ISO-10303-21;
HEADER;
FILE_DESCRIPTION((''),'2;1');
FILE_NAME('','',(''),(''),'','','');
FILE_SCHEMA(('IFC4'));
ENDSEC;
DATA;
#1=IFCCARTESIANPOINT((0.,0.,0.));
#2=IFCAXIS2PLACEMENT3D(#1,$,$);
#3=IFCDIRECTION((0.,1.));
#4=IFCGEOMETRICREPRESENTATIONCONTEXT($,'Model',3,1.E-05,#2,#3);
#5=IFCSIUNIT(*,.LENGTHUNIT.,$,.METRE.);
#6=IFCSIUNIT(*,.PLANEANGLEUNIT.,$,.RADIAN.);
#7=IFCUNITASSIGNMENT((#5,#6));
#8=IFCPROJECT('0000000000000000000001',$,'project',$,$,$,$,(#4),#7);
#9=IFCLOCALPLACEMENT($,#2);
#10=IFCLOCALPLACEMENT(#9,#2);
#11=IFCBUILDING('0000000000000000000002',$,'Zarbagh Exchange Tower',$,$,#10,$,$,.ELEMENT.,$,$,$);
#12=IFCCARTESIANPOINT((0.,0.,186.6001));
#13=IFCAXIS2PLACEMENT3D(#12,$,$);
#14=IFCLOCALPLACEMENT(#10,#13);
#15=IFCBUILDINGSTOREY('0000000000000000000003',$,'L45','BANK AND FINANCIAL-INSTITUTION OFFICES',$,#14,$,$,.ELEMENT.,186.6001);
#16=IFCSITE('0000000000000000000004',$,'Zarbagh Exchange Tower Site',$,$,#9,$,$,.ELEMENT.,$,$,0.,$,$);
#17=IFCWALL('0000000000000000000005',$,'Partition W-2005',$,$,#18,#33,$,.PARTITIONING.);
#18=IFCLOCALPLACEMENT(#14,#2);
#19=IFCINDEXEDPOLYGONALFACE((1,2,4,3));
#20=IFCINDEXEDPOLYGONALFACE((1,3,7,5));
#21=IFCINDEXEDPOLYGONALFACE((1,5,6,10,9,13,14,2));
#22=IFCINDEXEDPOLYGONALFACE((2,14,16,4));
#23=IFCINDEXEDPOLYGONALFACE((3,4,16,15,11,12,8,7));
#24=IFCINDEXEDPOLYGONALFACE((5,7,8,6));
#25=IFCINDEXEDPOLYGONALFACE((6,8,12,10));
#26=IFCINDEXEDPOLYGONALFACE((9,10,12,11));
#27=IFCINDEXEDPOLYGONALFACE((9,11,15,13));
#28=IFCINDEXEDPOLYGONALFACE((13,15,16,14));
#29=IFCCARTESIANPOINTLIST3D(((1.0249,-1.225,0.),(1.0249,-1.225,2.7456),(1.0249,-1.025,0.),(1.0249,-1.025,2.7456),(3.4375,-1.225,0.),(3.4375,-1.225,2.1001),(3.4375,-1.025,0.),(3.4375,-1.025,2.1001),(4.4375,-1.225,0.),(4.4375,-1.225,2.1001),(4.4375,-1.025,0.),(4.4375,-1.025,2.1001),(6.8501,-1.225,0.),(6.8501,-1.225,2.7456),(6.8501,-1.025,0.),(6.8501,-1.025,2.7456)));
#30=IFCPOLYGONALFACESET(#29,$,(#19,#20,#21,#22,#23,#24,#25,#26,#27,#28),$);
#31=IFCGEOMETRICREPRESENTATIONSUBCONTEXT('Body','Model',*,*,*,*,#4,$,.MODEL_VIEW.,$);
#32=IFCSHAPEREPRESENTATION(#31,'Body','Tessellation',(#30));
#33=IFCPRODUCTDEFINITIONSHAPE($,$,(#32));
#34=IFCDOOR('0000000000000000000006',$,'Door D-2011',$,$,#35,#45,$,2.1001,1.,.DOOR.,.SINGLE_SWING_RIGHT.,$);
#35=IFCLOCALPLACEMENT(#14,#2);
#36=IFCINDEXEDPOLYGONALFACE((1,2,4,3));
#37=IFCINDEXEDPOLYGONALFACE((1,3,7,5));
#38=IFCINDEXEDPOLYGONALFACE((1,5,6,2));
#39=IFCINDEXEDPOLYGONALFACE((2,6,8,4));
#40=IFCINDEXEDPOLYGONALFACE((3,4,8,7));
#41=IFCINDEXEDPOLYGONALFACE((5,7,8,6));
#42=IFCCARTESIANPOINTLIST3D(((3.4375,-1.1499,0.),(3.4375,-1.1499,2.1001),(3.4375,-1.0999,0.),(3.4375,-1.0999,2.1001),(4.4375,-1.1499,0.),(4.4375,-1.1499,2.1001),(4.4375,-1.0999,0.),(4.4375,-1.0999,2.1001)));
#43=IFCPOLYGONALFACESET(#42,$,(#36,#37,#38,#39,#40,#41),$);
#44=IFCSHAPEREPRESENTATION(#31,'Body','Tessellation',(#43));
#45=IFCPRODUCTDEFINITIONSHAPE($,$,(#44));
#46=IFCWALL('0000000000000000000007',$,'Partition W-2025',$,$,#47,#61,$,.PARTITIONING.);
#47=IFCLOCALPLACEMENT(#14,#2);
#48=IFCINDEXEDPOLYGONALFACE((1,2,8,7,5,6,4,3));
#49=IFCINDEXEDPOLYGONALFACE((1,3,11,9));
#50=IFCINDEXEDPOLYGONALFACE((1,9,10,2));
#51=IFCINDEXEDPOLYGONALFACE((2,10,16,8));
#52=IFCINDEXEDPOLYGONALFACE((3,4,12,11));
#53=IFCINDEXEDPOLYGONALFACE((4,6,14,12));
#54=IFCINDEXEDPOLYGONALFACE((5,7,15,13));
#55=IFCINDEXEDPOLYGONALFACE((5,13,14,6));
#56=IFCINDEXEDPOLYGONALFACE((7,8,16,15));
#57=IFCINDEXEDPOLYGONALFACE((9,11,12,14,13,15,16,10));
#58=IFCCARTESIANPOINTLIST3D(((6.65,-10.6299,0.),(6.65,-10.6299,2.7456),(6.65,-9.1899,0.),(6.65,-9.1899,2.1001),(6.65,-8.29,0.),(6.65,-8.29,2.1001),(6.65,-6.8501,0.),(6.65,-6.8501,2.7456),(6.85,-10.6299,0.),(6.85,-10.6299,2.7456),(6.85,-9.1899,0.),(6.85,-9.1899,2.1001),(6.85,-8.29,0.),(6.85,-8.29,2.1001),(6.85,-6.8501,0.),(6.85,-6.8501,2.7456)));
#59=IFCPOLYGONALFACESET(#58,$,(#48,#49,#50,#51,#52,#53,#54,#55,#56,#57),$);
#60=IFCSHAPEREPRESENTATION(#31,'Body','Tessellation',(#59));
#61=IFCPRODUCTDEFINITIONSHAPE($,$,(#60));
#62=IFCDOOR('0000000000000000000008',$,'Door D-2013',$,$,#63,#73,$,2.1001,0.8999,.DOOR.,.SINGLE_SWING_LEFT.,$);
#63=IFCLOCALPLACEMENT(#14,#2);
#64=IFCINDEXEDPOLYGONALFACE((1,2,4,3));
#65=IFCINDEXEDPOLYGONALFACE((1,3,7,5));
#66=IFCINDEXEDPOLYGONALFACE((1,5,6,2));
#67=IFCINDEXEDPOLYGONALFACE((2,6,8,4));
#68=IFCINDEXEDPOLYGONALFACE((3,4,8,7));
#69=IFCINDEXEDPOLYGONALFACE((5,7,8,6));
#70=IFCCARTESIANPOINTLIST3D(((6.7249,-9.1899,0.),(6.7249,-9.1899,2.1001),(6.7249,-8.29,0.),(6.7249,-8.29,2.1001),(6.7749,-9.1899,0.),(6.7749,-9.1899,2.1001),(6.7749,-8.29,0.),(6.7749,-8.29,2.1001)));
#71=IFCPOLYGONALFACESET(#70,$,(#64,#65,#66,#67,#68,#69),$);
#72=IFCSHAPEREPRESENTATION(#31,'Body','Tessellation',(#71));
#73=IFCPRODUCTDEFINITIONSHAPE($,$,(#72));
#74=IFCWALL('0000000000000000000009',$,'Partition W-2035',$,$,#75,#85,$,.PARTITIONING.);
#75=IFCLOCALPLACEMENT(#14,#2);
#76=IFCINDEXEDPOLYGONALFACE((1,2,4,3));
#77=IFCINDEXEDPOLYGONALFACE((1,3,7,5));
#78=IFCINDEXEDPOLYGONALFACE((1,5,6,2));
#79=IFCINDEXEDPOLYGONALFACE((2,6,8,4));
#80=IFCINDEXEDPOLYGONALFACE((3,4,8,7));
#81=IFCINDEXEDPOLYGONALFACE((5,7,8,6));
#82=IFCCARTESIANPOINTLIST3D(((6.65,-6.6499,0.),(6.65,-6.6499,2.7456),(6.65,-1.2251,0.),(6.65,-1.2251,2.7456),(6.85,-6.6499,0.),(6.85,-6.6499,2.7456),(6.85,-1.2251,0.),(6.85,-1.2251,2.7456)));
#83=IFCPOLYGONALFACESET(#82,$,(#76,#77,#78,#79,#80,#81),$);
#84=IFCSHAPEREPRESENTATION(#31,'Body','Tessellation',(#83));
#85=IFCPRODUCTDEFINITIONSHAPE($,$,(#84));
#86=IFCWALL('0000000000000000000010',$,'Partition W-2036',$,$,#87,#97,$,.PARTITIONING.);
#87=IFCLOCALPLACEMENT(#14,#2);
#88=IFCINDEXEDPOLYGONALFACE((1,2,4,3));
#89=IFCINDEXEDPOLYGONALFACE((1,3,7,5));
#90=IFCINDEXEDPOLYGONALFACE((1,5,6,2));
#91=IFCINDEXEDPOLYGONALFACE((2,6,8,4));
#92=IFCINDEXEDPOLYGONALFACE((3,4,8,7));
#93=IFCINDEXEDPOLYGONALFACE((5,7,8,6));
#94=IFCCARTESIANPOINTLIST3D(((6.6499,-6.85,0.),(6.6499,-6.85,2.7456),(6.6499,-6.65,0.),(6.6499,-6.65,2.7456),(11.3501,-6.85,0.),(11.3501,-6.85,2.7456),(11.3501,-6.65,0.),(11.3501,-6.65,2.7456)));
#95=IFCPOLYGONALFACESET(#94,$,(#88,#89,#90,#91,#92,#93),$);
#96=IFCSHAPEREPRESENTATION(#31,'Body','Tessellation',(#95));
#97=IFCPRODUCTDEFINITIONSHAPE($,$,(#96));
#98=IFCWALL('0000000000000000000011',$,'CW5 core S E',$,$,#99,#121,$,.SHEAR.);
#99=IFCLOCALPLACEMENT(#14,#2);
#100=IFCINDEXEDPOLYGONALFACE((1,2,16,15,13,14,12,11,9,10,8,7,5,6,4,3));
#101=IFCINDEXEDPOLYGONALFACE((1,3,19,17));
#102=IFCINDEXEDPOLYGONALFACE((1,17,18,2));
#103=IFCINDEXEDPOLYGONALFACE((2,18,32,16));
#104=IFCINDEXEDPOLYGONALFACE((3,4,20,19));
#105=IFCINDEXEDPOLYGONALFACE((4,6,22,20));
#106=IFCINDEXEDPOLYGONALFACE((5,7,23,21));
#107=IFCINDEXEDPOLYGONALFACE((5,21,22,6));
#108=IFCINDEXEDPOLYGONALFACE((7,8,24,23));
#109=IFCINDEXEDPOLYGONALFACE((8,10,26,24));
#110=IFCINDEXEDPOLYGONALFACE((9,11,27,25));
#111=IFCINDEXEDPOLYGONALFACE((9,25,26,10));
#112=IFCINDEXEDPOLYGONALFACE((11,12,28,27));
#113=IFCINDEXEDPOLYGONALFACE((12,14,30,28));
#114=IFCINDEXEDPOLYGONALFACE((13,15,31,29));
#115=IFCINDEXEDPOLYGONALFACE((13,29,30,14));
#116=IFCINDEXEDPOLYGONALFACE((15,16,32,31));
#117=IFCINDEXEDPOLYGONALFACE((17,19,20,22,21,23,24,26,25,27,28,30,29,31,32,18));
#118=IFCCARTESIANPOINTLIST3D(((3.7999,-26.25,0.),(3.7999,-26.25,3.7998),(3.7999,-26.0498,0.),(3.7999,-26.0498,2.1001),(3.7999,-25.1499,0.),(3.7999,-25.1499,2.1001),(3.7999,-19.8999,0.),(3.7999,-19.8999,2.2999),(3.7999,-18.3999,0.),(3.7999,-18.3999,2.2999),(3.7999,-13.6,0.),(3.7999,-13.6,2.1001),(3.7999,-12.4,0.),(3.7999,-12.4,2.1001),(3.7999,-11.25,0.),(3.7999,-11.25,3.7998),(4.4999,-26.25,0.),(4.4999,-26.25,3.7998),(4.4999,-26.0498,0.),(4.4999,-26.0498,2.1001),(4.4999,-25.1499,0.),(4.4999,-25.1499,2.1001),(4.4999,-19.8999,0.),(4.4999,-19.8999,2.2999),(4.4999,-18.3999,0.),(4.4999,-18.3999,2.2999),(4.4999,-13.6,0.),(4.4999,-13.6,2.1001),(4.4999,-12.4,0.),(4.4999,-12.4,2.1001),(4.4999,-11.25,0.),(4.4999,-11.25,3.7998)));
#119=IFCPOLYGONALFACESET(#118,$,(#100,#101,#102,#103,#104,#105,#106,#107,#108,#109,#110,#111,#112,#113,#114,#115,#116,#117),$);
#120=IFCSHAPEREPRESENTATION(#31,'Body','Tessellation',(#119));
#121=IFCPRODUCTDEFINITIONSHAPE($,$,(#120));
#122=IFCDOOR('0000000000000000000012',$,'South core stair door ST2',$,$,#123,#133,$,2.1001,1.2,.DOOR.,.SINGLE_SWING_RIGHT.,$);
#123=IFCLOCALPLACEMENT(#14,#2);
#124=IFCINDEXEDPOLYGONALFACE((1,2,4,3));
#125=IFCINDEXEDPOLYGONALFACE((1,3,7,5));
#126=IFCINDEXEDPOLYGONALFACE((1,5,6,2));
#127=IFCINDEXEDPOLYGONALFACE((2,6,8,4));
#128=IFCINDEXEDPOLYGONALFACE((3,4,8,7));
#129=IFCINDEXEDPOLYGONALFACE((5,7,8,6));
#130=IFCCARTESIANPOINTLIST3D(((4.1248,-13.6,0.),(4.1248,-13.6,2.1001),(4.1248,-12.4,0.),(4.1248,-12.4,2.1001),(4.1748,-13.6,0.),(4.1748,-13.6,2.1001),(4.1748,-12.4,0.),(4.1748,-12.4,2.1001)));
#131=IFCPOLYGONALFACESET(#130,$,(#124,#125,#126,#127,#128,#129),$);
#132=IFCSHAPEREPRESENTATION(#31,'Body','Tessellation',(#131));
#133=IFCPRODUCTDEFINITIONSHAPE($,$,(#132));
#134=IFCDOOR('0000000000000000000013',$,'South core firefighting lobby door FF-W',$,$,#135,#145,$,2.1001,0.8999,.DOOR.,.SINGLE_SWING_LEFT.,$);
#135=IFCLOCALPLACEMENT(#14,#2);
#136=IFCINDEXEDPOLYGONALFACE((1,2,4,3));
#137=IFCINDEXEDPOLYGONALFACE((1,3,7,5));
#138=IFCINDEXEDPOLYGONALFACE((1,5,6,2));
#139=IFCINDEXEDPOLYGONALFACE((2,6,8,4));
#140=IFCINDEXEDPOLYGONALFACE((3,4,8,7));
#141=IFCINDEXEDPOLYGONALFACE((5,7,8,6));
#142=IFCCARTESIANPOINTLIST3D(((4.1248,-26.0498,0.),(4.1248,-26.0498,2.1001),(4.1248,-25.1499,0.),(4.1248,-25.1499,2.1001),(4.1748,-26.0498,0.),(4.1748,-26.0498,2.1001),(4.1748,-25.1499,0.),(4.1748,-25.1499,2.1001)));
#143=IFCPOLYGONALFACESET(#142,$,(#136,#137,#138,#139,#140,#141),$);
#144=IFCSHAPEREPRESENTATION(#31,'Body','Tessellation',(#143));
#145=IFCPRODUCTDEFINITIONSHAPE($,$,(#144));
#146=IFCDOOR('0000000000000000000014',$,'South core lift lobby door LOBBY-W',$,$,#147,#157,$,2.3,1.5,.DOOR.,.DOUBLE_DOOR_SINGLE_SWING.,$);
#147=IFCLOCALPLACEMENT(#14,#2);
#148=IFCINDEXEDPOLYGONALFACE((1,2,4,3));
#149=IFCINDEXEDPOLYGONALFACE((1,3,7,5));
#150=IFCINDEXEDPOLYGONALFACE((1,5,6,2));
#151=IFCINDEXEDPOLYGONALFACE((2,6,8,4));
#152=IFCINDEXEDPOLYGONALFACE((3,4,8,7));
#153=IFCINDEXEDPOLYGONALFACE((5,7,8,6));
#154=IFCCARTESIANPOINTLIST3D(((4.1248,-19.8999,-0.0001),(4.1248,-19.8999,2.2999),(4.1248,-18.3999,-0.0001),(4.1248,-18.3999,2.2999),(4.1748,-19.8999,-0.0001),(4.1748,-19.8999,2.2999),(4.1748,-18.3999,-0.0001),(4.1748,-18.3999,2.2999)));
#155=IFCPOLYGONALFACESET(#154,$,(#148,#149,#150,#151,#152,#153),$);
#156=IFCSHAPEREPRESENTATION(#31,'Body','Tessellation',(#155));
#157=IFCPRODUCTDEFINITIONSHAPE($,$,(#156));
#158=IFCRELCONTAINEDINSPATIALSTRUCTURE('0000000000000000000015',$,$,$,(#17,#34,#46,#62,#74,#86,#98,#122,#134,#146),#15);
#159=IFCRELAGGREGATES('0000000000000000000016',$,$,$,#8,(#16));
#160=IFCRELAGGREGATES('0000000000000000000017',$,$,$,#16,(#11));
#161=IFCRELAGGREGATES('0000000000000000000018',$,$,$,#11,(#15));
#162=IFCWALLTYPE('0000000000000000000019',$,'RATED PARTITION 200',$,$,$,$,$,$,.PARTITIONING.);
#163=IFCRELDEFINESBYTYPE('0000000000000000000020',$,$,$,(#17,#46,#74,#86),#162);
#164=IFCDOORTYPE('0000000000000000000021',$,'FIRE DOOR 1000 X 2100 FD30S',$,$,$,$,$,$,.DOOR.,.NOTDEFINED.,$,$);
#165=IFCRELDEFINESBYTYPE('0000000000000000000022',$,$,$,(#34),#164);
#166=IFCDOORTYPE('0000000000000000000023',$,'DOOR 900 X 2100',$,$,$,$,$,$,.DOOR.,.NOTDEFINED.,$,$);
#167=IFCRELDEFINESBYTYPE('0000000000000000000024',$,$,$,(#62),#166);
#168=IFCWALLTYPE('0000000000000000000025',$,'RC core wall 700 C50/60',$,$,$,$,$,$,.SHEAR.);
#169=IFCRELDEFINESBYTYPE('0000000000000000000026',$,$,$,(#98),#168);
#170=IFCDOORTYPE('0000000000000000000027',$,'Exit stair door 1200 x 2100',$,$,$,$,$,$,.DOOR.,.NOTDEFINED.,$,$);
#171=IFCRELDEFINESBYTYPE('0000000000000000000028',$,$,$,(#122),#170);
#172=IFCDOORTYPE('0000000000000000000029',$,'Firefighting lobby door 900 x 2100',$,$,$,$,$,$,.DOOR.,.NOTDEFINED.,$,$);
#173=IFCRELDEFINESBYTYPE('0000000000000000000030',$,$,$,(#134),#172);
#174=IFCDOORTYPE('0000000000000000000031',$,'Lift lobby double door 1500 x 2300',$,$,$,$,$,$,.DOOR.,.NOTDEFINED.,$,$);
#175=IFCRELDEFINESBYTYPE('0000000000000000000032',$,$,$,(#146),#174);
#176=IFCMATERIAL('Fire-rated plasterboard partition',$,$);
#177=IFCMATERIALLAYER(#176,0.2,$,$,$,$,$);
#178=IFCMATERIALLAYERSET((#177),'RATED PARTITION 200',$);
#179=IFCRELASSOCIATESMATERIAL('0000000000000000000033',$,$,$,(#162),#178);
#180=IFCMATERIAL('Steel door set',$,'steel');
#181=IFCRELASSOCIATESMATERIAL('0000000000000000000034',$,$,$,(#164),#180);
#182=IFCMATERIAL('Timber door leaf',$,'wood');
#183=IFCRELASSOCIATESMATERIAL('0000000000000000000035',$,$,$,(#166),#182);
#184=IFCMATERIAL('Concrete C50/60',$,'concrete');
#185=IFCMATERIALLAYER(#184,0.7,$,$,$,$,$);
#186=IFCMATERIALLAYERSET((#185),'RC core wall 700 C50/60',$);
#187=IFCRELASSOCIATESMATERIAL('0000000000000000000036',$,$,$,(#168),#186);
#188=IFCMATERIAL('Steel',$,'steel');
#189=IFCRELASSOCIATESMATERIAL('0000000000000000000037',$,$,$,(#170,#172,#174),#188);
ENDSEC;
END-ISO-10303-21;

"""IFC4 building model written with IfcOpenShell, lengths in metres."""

from ifc_helpers import new_model, si_unit, direction, frame, frame_2d, origin, place, context, subcontext, project, spatial, rectangle, extrude, material, layer, layer_set, type_object, element, fill, save


model = new_model("IFC4")

# Units and contexts
model_context = context("Model", 3, precision=1e-05, world=origin(), true_north=direction((0.0, 1.0)))
body_context = subcontext(model_context, "Body", "Model", "MODEL_VIEW")
ifc_project = project(units=[si_unit("LENGTHUNIT", "METRE"), si_unit("PLANEANGLEUNIT", "RADIAN")], contexts=[model_context])

# Site, building, storey
site_placement = place(None, origin())
site = spatial("IfcSite", under=ifc_project, at=site_placement, Name="Zarbagh Exchange Tower Site", CompositionType="ELEMENT", RefElevation=0.0)
building_placement = place(site_placement, origin())
building = spatial("IfcBuilding", under=site, at=building_placement, Name="Zarbagh Exchange Tower", CompositionType="ELEMENT")
storey_placement = place(building_placement, frame((0.0, 0.0, 186.6001)))
storey = spatial("IfcBuildingStorey", under=building, at=storey_placement, Name="L45", Description="BANK AND FINANCIAL-INSTITUTION OFFICES", CompositionType="ELEMENT", Elevation=186.6001)

# Shared definitions
ifc_material_1 = material(Name="Concrete C50/60", Category="concrete")

# Walls, openings, doors
ifc_material_2 = material(Name="Fire-rated plasterboard partition")
ifc_layer_1 = layer(ifc_material_2, 0.2)
ifc_layer_set_1 = layer_set([ifc_layer_1], Name="RATED PARTITION 200")
wall_type_1 = type_object("IfcWallType", Name="RATED PARTITION 200", PredefinedType="PARTITIONING", material=ifc_layer_set_1)
wall_1_placement = place(storey_placement, frame((6.8501, -1.125, 0.0), z_axis=(0.0, 0.0, 1.0), x_axis=(-1.0, 0.0, 0.0)))
wall_1 = element("IfcWall", 1, at=wall_1_placement, inside=storey, type_object=wall_type_1, Name="Partition W-2005", PredefinedType="PARTITIONING", context=body_context, shape_type="SweptSolid", body=[
    extrude(rectangle(XDim=5.8252, YDim=0.2, at=frame_2d((2.9126, 0.0))), origin(), (0.0, 0.0, 1.0), 2.7456),
])
opening_1_placement = place(wall_1_placement, frame((2.4126, 0.0, 0.0)))
opening_1 = element("IfcOpeningElement", 2, at=opening_1_placement, cuts=wall_1, PredefinedType="OPENING", context=body_context, shape_type="SweptSolid", body=[
    extrude(rectangle(XDim=1.0, YDim=2.1001, at=frame_2d((0.5, 1.05))), frame((0.0, 0.1099, 0.0), z_axis=(0.0, -1.0, 0.0), x_axis=(1.0, 0.0, 0.0)), (0.0, 0.0, 1.0), 0.22),
])
ifc_material_3 = material(Name="Steel door set", Category="steel")
door_type_1 = type_object("IfcDoorType", Name="FIRE DOOR 1000 X 2100 FD30S", OperationType="NOTDEFINED", PredefinedType="DOOR", material=ifc_material_3)
door_1_placement = place(opening_1_placement, origin())
door_1 = element("IfcDoor", 3, at=door_1_placement, inside=storey, type_object=door_type_1, Name="Door D-2011", OperationType="SINGLE_SWING_RIGHT", OverallHeight=2.1001, OverallWidth=1.0, PredefinedType="DOOR", context=body_context, shape_type="SweptSolid", body=[
    extrude(rectangle(XDim=1.0, YDim=2.1001, at=frame_2d((0.5, 1.05))), frame((0.0, 0.0249, 0.0), z_axis=(0.0, -1.0, 0.0), x_axis=(1.0, 0.0, 0.0)), (0.0, 0.0, 1.0), 0.05),
])
fill(opening_1, door_1)
wall_2_placement = place(storey_placement, frame((6.75, -6.8501, 0.0), z_axis=(0.0, 0.0, 1.0), x_axis=(0.0, -1.0, 0.0)))
wall_2 = element("IfcWall", 4, at=wall_2_placement, inside=storey, type_object=wall_type_1, Name="Partition W-2025", PredefinedType="PARTITIONING", context=body_context, shape_type="SweptSolid", body=[
    extrude(rectangle(XDim=3.7798, YDim=0.2, at=frame_2d((1.8899, 0.0))), origin(), (0.0, 0.0, 1.0), 2.7456),
])
opening_2_placement = place(wall_2_placement, frame((1.4399, 0.0, 0.0)))
opening_2 = element("IfcOpeningElement", 5, at=opening_2_placement, cuts=wall_2, PredefinedType="OPENING", context=body_context, shape_type="SweptSolid", body=[
    extrude(rectangle(XDim=0.8999, YDim=2.1001, at=frame_2d((0.45, 1.05))), frame((0.0, 0.1099, 0.0), z_axis=(0.0, -1.0, 0.0), x_axis=(1.0, 0.0, 0.0)), (0.0, 0.0, 1.0), 0.22),
])
ifc_material_4 = material(Name="Timber door leaf", Category="wood")
door_type_2 = type_object("IfcDoorType", Name="DOOR 900 X 2100", OperationType="NOTDEFINED", PredefinedType="DOOR", material=ifc_material_4)
door_2_placement = place(opening_2_placement, origin())
door_2 = element("IfcDoor", 6, at=door_2_placement, inside=storey, type_object=door_type_2, Name="Door D-2013", OperationType="SINGLE_SWING_LEFT", OverallHeight=2.1001, OverallWidth=0.8999, PredefinedType="DOOR", context=body_context, shape_type="SweptSolid", body=[
    extrude(rectangle(XDim=0.8999, YDim=2.1001, at=frame_2d((0.45, 1.05))), frame((0.0, 0.0249, 0.0), z_axis=(0.0, -1.0, 0.0), x_axis=(1.0, 0.0, 0.0)), (0.0, 0.0, 1.0), 0.05),
])
fill(opening_2, door_2)

# Walls
wall_3_placement = place(storey_placement, frame((6.75, -6.6499, 0.0), z_axis=(0.0, 0.0, 1.0), x_axis=(0.0, 1.0, 0.0)))
element("IfcWall", 7, at=wall_3_placement, inside=storey, type_object=wall_type_1, Name="Partition W-2035", PredefinedType="PARTITIONING", context=body_context, shape_type="SweptSolid", body=[
    extrude(rectangle(XDim=5.4248, YDim=0.2, at=frame_2d((2.7124, 0.0))), origin(), (0.0, 0.0, 1.0), 2.7456),
])
wall_4_placement = place(storey_placement, frame((6.6499, -6.75, 0.0), z_axis=(0.0, 0.0, 1.0), x_axis=(1.0, 0.0, 0.0)))
element("IfcWall", 8, at=wall_4_placement, inside=storey, type_object=wall_type_1, Name="Partition W-2036", PredefinedType="PARTITIONING", context=body_context, shape_type="SweptSolid", body=[
    extrude(rectangle(XDim=4.7002, YDim=0.2, at=frame_2d((2.3501, 0.0))), origin(), (0.0, 0.0, 1.0), 2.7456),
])

# Wall, openings, doors
ifc_layer_2 = layer(ifc_material_1, 0.7)
ifc_layer_set_2 = layer_set([ifc_layer_2], Name="RC core wall 700 C50/60")
wall_type_2 = type_object("IfcWallType", Name="RC core wall 700 C50/60", PredefinedType="SHEAR", material=ifc_layer_set_2)
wall_5_placement = place(storey_placement, frame((4.1499, -11.25, 0.0), z_axis=(0.0, 0.0, 1.0), x_axis=(0.0, -1.0, 0.0)))
wall_5 = element("IfcWall", 9, at=wall_5_placement, inside=storey, type_object=wall_type_2, Name="CW5 core S E", PredefinedType="SHEAR", context=body_context, shape_type="SweptSolid", body=[
    extrude(rectangle(XDim=15.0, YDim=0.7, at=frame_2d((7.5, 0.0))), origin(), (0.0, 0.0, 1.0), 3.7998),
])
opening_3_placement = place(wall_5_placement, frame((7.1499, 0.0, 0.0)))
opening_3 = element("IfcOpeningElement", 10, at=opening_3_placement, cuts=wall_5, PredefinedType="OPENING", context=body_context, shape_type="SweptSolid", body=[
    extrude(rectangle(XDim=1.5, YDim=2.3, at=frame_2d((0.75, 1.1499))), frame((0.0, 0.3599, 0.0), z_axis=(0.0, -1.0, 0.0), x_axis=(1.0, 0.0, 0.0)), (0.0, 0.0, 1.0), 0.72),
])
opening_4_placement = place(wall_5_placement, frame((13.8999, 0.0, 0.0)))
opening_4 = element("IfcOpeningElement", 11, at=opening_4_placement, cuts=wall_5, PredefinedType="OPENING", context=body_context, shape_type="SweptSolid", body=[
    extrude(rectangle(XDim=0.8999, YDim=2.1001, at=frame_2d((0.45, 1.05))), frame((0.0, 0.3599, 0.0), z_axis=(0.0, -1.0, 0.0), x_axis=(1.0, 0.0, 0.0)), (0.0, 0.0, 1.0), 0.72),
])
opening_5_placement = place(wall_5_placement, frame((1.1499, 0.0, 0.0)))
opening_5 = element("IfcOpeningElement", 12, at=opening_5_placement, cuts=wall_5, PredefinedType="OPENING", context=body_context, shape_type="SweptSolid", body=[
    extrude(rectangle(XDim=1.2, YDim=2.1001, at=frame_2d((0.6001, 1.05))), frame((0.0, 0.3599, 0.0), z_axis=(0.0, -1.0, 0.0), x_axis=(1.0, 0.0, 0.0)), (0.0, 0.0, 1.0), 0.72),
])
ifc_material_5 = material(Name="Steel", Category="steel")
door_type_3 = type_object("IfcDoorType", Name="Exit stair door 1200 x 2100", OperationType="NOTDEFINED", PredefinedType="DOOR", material=ifc_material_5)
door_3_placement = place(opening_5_placement, origin())
door_3 = element("IfcDoor", 13, at=door_3_placement, inside=storey, type_object=door_type_3, Name="South core stair door ST2", OperationType="SINGLE_SWING_RIGHT", OverallHeight=2.1001, OverallWidth=1.2, PredefinedType="DOOR", context=body_context, shape_type="SweptSolid", body=[
    extrude(rectangle(XDim=1.2, YDim=2.1001, at=frame_2d((0.6001, 1.05))), frame((0.0, 0.0249, 0.0), z_axis=(0.0, -1.0, 0.0), x_axis=(1.0, 0.0, 0.0)), (0.0, 0.0, 1.0), 0.05),
])
fill(opening_5, door_3)
door_type_4 = type_object("IfcDoorType", Name="Firefighting lobby door 900 x 2100", OperationType="NOTDEFINED", PredefinedType="DOOR", material=ifc_material_5)
door_4_placement = place(opening_4_placement, origin())
door_4 = element("IfcDoor", 14, at=door_4_placement, inside=storey, type_object=door_type_4, Name="South core firefighting lobby door FF-W", OperationType="SINGLE_SWING_LEFT", OverallHeight=2.1001, OverallWidth=0.8999, PredefinedType="DOOR", context=body_context, shape_type="SweptSolid", body=[
    extrude(rectangle(XDim=0.8999, YDim=2.1001, at=frame_2d((0.45, 1.05))), frame((0.0, 0.0249, 0.0), z_axis=(0.0, -1.0, 0.0), x_axis=(1.0, 0.0, 0.0)), (0.0, 0.0, 1.0), 0.05),
])
fill(opening_4, door_4)
door_type_5 = type_object("IfcDoorType", Name="Lift lobby double door 1500 x 2300", OperationType="NOTDEFINED", PredefinedType="DOOR", material=ifc_material_5)
door_5_placement = place(opening_3_placement, origin())
door_5 = element("IfcDoor", 15, at=door_5_placement, inside=storey, type_object=door_type_5, Name="South core lift lobby door LOBBY-W", OperationType="DOUBLE_DOOR_SINGLE_SWING", OverallHeight=2.3, OverallWidth=1.5, PredefinedType="DOOR", context=body_context, shape_type="SweptSolid", body=[
    extrude(rectangle(XDim=1.5, YDim=2.3, at=frame_2d((0.75, 1.1499))), frame((0.0, 0.0249, 0.0), z_axis=(0.0, -1.0, 0.0), x_axis=(1.0, 0.0, 0.0)), (0.0, 0.0, 1.0), 0.05),
])
fill(opening_3, door_5)

save(model, "model.ifc")
